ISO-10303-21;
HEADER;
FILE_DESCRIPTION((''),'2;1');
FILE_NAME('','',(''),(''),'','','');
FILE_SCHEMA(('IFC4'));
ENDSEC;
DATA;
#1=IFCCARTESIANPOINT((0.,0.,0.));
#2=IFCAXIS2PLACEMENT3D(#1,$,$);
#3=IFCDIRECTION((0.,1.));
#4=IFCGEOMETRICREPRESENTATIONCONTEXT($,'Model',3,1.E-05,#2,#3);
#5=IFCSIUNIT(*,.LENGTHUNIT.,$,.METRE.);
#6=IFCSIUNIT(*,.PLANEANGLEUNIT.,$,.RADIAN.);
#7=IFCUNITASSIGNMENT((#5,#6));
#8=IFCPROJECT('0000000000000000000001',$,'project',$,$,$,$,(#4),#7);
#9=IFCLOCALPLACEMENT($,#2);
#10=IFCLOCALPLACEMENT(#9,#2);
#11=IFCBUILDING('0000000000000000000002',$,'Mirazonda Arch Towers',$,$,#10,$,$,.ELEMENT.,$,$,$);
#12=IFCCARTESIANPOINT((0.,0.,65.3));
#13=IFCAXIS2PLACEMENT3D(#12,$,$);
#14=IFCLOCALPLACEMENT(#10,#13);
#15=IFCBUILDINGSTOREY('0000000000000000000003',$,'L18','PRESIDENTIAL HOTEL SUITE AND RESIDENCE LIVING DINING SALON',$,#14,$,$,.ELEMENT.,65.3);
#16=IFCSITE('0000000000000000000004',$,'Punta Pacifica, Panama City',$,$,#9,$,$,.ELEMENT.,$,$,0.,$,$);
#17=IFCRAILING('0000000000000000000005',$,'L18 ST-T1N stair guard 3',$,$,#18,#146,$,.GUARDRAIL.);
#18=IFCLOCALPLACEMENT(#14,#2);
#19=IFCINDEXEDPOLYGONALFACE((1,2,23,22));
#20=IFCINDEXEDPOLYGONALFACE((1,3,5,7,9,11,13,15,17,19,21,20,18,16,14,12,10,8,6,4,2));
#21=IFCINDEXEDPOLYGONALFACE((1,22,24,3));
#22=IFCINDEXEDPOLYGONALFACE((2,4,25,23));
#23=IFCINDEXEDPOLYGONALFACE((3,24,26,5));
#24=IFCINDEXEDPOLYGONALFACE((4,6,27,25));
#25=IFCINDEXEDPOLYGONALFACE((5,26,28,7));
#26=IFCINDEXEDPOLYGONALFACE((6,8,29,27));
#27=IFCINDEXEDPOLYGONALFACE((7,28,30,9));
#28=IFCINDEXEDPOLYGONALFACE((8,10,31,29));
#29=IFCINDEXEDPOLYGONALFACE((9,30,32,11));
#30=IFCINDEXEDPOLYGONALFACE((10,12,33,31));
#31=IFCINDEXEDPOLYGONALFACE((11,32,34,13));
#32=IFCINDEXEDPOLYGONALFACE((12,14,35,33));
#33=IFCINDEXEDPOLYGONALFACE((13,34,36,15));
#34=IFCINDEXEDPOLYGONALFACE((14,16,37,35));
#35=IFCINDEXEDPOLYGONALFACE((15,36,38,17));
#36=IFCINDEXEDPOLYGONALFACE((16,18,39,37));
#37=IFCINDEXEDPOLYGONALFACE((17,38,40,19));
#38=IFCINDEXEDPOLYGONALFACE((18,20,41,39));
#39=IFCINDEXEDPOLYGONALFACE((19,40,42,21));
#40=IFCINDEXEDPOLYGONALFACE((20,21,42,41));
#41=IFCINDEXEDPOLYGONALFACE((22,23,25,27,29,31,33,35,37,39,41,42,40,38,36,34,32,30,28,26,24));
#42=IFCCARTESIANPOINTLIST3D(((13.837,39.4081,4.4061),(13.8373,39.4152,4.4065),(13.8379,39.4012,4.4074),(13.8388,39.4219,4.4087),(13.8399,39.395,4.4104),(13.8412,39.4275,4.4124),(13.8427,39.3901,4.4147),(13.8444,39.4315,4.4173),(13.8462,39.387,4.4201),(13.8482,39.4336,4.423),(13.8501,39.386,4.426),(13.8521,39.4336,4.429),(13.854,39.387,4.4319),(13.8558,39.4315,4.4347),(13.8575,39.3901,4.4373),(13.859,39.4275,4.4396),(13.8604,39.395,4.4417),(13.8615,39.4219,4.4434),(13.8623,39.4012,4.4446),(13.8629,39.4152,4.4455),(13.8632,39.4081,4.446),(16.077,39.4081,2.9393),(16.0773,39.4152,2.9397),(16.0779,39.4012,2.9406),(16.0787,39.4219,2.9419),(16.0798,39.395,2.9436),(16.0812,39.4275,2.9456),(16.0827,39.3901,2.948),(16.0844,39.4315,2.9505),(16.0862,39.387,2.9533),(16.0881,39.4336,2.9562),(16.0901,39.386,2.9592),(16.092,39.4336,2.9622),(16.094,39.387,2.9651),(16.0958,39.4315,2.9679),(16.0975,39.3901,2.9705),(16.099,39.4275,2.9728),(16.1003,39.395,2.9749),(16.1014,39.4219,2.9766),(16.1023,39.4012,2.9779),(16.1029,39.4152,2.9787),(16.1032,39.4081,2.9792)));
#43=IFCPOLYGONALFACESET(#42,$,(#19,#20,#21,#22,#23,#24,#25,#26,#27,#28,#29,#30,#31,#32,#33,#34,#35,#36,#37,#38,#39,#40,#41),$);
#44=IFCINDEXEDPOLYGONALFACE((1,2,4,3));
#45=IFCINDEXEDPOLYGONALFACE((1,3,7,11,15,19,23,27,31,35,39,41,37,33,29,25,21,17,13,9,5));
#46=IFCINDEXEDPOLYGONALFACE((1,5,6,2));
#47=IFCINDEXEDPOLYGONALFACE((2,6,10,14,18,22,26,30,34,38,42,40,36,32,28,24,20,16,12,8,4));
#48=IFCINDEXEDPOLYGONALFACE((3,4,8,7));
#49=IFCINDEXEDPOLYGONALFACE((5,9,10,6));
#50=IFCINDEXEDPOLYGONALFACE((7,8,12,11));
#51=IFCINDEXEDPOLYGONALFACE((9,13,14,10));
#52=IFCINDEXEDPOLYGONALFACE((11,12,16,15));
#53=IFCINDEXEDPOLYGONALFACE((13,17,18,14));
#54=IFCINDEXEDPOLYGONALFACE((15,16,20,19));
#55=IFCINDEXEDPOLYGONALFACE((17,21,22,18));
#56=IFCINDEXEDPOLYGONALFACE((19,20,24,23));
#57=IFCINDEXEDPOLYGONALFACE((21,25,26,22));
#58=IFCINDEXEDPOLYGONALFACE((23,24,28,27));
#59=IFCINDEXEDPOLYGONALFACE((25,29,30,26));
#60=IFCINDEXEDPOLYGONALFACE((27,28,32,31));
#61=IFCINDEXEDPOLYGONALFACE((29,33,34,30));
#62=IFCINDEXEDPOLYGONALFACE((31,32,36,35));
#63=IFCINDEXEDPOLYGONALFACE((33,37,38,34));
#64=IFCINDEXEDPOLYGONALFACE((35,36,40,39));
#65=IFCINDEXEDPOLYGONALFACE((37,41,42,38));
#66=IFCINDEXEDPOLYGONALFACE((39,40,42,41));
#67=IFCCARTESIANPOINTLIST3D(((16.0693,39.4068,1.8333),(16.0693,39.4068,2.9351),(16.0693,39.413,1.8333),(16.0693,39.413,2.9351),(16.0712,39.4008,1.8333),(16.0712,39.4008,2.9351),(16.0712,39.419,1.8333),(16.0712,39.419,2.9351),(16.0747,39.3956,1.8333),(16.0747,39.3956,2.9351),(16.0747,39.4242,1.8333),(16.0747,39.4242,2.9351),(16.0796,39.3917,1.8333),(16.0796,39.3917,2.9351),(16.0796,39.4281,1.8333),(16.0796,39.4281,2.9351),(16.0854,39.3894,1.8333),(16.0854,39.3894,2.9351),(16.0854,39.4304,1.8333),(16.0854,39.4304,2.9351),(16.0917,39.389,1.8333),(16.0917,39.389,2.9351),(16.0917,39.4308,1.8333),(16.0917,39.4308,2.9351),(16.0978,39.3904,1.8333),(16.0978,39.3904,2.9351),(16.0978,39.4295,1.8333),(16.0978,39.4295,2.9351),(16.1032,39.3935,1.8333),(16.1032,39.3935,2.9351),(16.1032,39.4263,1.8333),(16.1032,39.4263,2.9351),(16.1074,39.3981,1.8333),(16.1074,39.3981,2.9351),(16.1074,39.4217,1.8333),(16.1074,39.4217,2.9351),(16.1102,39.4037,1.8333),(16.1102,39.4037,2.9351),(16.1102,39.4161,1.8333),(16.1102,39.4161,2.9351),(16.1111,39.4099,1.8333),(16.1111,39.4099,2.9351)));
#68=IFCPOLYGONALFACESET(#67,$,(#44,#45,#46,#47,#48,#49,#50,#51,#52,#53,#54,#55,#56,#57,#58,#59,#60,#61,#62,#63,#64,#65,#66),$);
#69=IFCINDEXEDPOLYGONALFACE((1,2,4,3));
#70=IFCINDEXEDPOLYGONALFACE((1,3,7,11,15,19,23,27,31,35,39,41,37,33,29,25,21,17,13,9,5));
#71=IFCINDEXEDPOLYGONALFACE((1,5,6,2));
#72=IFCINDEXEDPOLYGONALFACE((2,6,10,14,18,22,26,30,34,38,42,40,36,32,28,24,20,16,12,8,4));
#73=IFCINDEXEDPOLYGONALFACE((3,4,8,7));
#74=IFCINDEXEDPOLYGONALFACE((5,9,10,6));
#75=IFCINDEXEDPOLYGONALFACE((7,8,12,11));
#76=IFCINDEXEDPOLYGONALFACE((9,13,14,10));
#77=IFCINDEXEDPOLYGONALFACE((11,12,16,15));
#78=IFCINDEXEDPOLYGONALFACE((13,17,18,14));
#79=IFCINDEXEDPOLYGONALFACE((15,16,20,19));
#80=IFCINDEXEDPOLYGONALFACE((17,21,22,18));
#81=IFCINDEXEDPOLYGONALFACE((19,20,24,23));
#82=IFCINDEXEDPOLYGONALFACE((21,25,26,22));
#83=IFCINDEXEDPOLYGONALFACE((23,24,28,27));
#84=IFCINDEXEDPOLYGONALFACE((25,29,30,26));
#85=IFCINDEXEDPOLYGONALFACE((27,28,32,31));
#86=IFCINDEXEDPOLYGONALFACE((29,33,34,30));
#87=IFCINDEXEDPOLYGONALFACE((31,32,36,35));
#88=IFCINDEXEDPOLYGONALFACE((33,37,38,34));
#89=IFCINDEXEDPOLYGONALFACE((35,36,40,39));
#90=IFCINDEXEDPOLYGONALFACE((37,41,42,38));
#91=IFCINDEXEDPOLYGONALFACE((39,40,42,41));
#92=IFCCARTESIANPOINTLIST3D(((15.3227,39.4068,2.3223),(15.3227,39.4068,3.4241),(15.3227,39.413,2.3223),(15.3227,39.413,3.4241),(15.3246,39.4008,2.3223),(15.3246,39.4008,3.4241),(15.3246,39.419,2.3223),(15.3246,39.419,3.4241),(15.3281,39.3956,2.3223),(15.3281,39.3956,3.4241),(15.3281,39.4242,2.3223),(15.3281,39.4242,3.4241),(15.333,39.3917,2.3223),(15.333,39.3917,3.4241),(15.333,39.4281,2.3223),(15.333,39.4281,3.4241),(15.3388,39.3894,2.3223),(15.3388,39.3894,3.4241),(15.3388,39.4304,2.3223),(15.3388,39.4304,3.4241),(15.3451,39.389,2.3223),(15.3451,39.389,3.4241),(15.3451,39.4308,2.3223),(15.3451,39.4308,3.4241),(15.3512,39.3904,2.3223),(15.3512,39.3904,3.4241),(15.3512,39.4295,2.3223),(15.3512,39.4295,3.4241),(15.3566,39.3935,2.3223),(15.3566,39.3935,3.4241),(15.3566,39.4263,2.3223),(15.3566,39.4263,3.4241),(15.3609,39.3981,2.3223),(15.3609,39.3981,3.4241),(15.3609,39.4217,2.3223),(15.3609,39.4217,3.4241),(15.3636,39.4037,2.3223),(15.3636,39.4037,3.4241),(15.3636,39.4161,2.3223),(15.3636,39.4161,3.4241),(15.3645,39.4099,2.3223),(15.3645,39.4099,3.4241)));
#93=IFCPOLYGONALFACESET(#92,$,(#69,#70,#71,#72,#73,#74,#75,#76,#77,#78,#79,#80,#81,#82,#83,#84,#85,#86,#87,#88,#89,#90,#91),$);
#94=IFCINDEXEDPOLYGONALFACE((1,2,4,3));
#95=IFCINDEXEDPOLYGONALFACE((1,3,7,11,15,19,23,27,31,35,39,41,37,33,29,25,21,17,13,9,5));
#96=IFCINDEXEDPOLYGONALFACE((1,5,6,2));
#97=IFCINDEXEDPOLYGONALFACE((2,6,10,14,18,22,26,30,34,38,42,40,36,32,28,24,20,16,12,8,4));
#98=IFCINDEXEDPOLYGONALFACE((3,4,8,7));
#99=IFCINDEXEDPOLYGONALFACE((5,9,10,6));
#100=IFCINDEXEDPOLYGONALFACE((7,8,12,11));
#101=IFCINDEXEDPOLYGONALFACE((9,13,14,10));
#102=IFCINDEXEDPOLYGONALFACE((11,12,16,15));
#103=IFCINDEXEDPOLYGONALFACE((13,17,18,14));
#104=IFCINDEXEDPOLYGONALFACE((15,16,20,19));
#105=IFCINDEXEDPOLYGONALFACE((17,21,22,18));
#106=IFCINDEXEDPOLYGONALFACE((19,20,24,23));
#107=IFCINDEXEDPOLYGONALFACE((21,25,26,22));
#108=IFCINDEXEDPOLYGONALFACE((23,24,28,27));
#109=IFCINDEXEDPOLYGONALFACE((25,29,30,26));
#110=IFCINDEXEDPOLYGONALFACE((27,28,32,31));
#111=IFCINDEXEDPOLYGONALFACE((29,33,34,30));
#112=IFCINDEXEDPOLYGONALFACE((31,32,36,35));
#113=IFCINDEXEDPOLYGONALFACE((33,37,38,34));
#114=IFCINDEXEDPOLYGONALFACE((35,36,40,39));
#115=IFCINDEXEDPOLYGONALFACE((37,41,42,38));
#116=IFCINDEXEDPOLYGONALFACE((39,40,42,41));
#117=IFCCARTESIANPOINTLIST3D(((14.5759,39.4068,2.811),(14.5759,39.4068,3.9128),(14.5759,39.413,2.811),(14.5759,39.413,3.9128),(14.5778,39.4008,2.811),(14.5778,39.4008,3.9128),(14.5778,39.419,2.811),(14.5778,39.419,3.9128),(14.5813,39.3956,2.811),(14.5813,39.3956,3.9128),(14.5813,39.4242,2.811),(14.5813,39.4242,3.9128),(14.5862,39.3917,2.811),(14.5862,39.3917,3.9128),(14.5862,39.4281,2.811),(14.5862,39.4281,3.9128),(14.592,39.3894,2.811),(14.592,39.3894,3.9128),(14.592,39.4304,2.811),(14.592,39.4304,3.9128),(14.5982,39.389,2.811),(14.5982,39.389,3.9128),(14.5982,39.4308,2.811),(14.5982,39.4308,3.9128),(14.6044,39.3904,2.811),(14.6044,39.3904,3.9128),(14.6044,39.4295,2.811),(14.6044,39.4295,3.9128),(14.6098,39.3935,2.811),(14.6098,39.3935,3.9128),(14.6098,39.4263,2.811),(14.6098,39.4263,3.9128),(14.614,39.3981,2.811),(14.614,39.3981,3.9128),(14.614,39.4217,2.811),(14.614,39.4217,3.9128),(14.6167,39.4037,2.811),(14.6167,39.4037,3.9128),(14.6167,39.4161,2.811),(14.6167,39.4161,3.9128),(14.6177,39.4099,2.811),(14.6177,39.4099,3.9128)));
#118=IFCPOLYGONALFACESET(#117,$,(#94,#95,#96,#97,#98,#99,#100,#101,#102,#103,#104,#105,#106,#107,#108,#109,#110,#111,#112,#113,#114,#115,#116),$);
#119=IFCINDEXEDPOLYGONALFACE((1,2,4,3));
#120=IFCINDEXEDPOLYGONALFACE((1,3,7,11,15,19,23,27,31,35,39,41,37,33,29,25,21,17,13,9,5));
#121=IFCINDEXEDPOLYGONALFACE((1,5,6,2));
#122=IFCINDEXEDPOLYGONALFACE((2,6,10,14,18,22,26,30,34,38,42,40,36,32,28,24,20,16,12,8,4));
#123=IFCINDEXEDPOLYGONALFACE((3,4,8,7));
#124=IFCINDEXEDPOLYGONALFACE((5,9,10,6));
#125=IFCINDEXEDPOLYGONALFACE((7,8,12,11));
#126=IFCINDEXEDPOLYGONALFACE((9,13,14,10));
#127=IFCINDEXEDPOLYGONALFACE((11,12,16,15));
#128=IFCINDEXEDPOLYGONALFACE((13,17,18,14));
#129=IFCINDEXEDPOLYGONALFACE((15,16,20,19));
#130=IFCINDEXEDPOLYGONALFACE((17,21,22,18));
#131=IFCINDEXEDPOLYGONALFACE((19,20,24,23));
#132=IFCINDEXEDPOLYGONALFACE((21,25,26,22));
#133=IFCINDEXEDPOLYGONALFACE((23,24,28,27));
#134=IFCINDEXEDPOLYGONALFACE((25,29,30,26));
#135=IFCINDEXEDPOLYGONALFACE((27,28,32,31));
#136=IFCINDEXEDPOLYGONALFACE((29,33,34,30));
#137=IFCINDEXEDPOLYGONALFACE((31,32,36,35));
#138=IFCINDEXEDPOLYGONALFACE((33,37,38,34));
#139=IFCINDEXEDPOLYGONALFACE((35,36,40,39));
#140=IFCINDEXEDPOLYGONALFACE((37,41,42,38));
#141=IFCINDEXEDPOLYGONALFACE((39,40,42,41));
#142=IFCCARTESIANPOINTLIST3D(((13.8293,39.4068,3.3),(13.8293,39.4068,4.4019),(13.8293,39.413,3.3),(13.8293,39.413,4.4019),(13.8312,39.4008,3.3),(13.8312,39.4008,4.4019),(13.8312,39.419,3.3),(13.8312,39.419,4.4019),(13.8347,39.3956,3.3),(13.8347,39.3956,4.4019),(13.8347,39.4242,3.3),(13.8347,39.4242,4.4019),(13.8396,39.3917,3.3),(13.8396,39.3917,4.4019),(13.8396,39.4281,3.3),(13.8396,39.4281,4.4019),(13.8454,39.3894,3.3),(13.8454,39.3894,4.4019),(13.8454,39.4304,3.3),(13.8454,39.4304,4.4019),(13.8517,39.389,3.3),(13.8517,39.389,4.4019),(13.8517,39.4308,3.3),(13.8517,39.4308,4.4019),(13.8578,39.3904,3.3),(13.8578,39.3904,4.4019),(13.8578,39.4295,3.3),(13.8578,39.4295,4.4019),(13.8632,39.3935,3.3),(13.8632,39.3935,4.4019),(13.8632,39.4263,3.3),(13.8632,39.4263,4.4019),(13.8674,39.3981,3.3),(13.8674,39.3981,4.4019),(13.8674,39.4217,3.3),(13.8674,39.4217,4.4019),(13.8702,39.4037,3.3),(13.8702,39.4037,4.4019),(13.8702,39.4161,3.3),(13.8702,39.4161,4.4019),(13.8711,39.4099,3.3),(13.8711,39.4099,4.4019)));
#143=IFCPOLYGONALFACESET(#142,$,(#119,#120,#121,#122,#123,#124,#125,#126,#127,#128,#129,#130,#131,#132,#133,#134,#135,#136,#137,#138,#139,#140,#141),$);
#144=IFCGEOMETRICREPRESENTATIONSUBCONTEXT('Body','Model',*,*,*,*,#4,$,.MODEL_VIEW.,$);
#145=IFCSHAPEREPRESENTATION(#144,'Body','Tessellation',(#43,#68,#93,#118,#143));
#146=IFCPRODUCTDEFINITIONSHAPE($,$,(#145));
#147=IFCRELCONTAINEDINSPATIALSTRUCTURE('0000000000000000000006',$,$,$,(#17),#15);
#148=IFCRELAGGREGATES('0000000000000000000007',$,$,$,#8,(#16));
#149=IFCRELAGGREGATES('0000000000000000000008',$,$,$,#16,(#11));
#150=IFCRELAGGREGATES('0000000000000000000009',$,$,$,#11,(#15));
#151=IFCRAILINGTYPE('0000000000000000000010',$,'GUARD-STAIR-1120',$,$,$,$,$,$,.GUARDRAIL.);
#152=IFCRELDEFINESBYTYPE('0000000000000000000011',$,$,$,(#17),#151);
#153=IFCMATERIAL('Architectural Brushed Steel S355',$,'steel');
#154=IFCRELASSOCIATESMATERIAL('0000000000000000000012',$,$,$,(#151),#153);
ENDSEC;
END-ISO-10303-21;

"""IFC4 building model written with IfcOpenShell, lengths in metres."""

from ifc_helpers import new_model, si_unit, direction, frame, origin, origin_2d, place, context, subcontext, project, spatial, circle, extrude, material, type_object, element, save


model = new_model("IFC4")

# Units and contexts
model_context = context("Model", 3, precision=1e-05, world=origin(), true_north=direction((0.0, 1.0)))
body_context = subcontext(model_context, "Body", "Model", "MODEL_VIEW")
ifc_project = project(units=[si_unit("LENGTHUNIT", "METRE"), si_unit("PLANEANGLEUNIT", "RADIAN")], contexts=[model_context])

# Site, building, storey
site_placement = place(None, origin())
site = spatial("IfcSite", under=ifc_project, at=site_placement, Name="Punta Pacifica, Panama City", CompositionType="ELEMENT", RefElevation=0.0)
building_placement = place(site_placement, origin())
building = spatial("IfcBuilding", under=site, at=building_placement, Name="Mirazonda Arch Towers", CompositionType="ELEMENT")
storey_placement = place(building_placement, frame((0.0, 0.0, 65.3)))
storey = spatial("IfcBuildingStorey", under=building, at=storey_placement, Name="L18", Description="PRESIDENTIAL HOTEL SUITE AND RESIDENCE LIVING DINING SALON", CompositionType="ELEMENT", Elevation=65.3)

# Shared definitions
ifc_material_1 = material(Name="Architectural Brushed Steel S355", Category="steel")

# Railing
railing_type = type_object("IfcRailingType", Name="GUARD-STAIR-1120", PredefinedType="GUARDRAIL", material=ifc_material_1)
railing_1_placement = place(storey_placement, frame((16.0901, 39.4099, 1.8333)))
element("IfcRailing", 1, at=railing_1_placement, inside=storey, type_object=railing_type, Name="L18 ST-T1N stair guard 3", PredefinedType="GUARDRAIL", context=body_context, shape_type="SweptSolid", body=[
    extrude(circle(Radius=0.0239, at=origin_2d()), frame((0.0, 0.0, 1.126), z_axis=(-0.836595, 0.0, 0.547822), x_axis=(0.0, -1.0, 0.0)), (0.0, 0.0, 1.0), 2.6775),
    extrude(circle(Radius=0.021, at=origin_2d()), origin(), (0.0, 0.0, 1.0), 1.1018),
    extrude(circle(Radius=0.021, at=origin_2d()), frame((-0.7466, 0.0, 0.489)), (0.0, 0.0, 1.0), 1.1018),
    extrude(circle(Radius=0.021, at=origin_2d()), frame((-1.4934, 0.0, 0.9778)), (0.0, 0.0, 1.0), 1.1018),
    extrude(circle(Radius=0.021, at=origin_2d()), frame((-2.24, 0.0, 1.4668)), (0.0, 0.0, 1.0), 1.1018),
])

save(model, "model.ifc")
